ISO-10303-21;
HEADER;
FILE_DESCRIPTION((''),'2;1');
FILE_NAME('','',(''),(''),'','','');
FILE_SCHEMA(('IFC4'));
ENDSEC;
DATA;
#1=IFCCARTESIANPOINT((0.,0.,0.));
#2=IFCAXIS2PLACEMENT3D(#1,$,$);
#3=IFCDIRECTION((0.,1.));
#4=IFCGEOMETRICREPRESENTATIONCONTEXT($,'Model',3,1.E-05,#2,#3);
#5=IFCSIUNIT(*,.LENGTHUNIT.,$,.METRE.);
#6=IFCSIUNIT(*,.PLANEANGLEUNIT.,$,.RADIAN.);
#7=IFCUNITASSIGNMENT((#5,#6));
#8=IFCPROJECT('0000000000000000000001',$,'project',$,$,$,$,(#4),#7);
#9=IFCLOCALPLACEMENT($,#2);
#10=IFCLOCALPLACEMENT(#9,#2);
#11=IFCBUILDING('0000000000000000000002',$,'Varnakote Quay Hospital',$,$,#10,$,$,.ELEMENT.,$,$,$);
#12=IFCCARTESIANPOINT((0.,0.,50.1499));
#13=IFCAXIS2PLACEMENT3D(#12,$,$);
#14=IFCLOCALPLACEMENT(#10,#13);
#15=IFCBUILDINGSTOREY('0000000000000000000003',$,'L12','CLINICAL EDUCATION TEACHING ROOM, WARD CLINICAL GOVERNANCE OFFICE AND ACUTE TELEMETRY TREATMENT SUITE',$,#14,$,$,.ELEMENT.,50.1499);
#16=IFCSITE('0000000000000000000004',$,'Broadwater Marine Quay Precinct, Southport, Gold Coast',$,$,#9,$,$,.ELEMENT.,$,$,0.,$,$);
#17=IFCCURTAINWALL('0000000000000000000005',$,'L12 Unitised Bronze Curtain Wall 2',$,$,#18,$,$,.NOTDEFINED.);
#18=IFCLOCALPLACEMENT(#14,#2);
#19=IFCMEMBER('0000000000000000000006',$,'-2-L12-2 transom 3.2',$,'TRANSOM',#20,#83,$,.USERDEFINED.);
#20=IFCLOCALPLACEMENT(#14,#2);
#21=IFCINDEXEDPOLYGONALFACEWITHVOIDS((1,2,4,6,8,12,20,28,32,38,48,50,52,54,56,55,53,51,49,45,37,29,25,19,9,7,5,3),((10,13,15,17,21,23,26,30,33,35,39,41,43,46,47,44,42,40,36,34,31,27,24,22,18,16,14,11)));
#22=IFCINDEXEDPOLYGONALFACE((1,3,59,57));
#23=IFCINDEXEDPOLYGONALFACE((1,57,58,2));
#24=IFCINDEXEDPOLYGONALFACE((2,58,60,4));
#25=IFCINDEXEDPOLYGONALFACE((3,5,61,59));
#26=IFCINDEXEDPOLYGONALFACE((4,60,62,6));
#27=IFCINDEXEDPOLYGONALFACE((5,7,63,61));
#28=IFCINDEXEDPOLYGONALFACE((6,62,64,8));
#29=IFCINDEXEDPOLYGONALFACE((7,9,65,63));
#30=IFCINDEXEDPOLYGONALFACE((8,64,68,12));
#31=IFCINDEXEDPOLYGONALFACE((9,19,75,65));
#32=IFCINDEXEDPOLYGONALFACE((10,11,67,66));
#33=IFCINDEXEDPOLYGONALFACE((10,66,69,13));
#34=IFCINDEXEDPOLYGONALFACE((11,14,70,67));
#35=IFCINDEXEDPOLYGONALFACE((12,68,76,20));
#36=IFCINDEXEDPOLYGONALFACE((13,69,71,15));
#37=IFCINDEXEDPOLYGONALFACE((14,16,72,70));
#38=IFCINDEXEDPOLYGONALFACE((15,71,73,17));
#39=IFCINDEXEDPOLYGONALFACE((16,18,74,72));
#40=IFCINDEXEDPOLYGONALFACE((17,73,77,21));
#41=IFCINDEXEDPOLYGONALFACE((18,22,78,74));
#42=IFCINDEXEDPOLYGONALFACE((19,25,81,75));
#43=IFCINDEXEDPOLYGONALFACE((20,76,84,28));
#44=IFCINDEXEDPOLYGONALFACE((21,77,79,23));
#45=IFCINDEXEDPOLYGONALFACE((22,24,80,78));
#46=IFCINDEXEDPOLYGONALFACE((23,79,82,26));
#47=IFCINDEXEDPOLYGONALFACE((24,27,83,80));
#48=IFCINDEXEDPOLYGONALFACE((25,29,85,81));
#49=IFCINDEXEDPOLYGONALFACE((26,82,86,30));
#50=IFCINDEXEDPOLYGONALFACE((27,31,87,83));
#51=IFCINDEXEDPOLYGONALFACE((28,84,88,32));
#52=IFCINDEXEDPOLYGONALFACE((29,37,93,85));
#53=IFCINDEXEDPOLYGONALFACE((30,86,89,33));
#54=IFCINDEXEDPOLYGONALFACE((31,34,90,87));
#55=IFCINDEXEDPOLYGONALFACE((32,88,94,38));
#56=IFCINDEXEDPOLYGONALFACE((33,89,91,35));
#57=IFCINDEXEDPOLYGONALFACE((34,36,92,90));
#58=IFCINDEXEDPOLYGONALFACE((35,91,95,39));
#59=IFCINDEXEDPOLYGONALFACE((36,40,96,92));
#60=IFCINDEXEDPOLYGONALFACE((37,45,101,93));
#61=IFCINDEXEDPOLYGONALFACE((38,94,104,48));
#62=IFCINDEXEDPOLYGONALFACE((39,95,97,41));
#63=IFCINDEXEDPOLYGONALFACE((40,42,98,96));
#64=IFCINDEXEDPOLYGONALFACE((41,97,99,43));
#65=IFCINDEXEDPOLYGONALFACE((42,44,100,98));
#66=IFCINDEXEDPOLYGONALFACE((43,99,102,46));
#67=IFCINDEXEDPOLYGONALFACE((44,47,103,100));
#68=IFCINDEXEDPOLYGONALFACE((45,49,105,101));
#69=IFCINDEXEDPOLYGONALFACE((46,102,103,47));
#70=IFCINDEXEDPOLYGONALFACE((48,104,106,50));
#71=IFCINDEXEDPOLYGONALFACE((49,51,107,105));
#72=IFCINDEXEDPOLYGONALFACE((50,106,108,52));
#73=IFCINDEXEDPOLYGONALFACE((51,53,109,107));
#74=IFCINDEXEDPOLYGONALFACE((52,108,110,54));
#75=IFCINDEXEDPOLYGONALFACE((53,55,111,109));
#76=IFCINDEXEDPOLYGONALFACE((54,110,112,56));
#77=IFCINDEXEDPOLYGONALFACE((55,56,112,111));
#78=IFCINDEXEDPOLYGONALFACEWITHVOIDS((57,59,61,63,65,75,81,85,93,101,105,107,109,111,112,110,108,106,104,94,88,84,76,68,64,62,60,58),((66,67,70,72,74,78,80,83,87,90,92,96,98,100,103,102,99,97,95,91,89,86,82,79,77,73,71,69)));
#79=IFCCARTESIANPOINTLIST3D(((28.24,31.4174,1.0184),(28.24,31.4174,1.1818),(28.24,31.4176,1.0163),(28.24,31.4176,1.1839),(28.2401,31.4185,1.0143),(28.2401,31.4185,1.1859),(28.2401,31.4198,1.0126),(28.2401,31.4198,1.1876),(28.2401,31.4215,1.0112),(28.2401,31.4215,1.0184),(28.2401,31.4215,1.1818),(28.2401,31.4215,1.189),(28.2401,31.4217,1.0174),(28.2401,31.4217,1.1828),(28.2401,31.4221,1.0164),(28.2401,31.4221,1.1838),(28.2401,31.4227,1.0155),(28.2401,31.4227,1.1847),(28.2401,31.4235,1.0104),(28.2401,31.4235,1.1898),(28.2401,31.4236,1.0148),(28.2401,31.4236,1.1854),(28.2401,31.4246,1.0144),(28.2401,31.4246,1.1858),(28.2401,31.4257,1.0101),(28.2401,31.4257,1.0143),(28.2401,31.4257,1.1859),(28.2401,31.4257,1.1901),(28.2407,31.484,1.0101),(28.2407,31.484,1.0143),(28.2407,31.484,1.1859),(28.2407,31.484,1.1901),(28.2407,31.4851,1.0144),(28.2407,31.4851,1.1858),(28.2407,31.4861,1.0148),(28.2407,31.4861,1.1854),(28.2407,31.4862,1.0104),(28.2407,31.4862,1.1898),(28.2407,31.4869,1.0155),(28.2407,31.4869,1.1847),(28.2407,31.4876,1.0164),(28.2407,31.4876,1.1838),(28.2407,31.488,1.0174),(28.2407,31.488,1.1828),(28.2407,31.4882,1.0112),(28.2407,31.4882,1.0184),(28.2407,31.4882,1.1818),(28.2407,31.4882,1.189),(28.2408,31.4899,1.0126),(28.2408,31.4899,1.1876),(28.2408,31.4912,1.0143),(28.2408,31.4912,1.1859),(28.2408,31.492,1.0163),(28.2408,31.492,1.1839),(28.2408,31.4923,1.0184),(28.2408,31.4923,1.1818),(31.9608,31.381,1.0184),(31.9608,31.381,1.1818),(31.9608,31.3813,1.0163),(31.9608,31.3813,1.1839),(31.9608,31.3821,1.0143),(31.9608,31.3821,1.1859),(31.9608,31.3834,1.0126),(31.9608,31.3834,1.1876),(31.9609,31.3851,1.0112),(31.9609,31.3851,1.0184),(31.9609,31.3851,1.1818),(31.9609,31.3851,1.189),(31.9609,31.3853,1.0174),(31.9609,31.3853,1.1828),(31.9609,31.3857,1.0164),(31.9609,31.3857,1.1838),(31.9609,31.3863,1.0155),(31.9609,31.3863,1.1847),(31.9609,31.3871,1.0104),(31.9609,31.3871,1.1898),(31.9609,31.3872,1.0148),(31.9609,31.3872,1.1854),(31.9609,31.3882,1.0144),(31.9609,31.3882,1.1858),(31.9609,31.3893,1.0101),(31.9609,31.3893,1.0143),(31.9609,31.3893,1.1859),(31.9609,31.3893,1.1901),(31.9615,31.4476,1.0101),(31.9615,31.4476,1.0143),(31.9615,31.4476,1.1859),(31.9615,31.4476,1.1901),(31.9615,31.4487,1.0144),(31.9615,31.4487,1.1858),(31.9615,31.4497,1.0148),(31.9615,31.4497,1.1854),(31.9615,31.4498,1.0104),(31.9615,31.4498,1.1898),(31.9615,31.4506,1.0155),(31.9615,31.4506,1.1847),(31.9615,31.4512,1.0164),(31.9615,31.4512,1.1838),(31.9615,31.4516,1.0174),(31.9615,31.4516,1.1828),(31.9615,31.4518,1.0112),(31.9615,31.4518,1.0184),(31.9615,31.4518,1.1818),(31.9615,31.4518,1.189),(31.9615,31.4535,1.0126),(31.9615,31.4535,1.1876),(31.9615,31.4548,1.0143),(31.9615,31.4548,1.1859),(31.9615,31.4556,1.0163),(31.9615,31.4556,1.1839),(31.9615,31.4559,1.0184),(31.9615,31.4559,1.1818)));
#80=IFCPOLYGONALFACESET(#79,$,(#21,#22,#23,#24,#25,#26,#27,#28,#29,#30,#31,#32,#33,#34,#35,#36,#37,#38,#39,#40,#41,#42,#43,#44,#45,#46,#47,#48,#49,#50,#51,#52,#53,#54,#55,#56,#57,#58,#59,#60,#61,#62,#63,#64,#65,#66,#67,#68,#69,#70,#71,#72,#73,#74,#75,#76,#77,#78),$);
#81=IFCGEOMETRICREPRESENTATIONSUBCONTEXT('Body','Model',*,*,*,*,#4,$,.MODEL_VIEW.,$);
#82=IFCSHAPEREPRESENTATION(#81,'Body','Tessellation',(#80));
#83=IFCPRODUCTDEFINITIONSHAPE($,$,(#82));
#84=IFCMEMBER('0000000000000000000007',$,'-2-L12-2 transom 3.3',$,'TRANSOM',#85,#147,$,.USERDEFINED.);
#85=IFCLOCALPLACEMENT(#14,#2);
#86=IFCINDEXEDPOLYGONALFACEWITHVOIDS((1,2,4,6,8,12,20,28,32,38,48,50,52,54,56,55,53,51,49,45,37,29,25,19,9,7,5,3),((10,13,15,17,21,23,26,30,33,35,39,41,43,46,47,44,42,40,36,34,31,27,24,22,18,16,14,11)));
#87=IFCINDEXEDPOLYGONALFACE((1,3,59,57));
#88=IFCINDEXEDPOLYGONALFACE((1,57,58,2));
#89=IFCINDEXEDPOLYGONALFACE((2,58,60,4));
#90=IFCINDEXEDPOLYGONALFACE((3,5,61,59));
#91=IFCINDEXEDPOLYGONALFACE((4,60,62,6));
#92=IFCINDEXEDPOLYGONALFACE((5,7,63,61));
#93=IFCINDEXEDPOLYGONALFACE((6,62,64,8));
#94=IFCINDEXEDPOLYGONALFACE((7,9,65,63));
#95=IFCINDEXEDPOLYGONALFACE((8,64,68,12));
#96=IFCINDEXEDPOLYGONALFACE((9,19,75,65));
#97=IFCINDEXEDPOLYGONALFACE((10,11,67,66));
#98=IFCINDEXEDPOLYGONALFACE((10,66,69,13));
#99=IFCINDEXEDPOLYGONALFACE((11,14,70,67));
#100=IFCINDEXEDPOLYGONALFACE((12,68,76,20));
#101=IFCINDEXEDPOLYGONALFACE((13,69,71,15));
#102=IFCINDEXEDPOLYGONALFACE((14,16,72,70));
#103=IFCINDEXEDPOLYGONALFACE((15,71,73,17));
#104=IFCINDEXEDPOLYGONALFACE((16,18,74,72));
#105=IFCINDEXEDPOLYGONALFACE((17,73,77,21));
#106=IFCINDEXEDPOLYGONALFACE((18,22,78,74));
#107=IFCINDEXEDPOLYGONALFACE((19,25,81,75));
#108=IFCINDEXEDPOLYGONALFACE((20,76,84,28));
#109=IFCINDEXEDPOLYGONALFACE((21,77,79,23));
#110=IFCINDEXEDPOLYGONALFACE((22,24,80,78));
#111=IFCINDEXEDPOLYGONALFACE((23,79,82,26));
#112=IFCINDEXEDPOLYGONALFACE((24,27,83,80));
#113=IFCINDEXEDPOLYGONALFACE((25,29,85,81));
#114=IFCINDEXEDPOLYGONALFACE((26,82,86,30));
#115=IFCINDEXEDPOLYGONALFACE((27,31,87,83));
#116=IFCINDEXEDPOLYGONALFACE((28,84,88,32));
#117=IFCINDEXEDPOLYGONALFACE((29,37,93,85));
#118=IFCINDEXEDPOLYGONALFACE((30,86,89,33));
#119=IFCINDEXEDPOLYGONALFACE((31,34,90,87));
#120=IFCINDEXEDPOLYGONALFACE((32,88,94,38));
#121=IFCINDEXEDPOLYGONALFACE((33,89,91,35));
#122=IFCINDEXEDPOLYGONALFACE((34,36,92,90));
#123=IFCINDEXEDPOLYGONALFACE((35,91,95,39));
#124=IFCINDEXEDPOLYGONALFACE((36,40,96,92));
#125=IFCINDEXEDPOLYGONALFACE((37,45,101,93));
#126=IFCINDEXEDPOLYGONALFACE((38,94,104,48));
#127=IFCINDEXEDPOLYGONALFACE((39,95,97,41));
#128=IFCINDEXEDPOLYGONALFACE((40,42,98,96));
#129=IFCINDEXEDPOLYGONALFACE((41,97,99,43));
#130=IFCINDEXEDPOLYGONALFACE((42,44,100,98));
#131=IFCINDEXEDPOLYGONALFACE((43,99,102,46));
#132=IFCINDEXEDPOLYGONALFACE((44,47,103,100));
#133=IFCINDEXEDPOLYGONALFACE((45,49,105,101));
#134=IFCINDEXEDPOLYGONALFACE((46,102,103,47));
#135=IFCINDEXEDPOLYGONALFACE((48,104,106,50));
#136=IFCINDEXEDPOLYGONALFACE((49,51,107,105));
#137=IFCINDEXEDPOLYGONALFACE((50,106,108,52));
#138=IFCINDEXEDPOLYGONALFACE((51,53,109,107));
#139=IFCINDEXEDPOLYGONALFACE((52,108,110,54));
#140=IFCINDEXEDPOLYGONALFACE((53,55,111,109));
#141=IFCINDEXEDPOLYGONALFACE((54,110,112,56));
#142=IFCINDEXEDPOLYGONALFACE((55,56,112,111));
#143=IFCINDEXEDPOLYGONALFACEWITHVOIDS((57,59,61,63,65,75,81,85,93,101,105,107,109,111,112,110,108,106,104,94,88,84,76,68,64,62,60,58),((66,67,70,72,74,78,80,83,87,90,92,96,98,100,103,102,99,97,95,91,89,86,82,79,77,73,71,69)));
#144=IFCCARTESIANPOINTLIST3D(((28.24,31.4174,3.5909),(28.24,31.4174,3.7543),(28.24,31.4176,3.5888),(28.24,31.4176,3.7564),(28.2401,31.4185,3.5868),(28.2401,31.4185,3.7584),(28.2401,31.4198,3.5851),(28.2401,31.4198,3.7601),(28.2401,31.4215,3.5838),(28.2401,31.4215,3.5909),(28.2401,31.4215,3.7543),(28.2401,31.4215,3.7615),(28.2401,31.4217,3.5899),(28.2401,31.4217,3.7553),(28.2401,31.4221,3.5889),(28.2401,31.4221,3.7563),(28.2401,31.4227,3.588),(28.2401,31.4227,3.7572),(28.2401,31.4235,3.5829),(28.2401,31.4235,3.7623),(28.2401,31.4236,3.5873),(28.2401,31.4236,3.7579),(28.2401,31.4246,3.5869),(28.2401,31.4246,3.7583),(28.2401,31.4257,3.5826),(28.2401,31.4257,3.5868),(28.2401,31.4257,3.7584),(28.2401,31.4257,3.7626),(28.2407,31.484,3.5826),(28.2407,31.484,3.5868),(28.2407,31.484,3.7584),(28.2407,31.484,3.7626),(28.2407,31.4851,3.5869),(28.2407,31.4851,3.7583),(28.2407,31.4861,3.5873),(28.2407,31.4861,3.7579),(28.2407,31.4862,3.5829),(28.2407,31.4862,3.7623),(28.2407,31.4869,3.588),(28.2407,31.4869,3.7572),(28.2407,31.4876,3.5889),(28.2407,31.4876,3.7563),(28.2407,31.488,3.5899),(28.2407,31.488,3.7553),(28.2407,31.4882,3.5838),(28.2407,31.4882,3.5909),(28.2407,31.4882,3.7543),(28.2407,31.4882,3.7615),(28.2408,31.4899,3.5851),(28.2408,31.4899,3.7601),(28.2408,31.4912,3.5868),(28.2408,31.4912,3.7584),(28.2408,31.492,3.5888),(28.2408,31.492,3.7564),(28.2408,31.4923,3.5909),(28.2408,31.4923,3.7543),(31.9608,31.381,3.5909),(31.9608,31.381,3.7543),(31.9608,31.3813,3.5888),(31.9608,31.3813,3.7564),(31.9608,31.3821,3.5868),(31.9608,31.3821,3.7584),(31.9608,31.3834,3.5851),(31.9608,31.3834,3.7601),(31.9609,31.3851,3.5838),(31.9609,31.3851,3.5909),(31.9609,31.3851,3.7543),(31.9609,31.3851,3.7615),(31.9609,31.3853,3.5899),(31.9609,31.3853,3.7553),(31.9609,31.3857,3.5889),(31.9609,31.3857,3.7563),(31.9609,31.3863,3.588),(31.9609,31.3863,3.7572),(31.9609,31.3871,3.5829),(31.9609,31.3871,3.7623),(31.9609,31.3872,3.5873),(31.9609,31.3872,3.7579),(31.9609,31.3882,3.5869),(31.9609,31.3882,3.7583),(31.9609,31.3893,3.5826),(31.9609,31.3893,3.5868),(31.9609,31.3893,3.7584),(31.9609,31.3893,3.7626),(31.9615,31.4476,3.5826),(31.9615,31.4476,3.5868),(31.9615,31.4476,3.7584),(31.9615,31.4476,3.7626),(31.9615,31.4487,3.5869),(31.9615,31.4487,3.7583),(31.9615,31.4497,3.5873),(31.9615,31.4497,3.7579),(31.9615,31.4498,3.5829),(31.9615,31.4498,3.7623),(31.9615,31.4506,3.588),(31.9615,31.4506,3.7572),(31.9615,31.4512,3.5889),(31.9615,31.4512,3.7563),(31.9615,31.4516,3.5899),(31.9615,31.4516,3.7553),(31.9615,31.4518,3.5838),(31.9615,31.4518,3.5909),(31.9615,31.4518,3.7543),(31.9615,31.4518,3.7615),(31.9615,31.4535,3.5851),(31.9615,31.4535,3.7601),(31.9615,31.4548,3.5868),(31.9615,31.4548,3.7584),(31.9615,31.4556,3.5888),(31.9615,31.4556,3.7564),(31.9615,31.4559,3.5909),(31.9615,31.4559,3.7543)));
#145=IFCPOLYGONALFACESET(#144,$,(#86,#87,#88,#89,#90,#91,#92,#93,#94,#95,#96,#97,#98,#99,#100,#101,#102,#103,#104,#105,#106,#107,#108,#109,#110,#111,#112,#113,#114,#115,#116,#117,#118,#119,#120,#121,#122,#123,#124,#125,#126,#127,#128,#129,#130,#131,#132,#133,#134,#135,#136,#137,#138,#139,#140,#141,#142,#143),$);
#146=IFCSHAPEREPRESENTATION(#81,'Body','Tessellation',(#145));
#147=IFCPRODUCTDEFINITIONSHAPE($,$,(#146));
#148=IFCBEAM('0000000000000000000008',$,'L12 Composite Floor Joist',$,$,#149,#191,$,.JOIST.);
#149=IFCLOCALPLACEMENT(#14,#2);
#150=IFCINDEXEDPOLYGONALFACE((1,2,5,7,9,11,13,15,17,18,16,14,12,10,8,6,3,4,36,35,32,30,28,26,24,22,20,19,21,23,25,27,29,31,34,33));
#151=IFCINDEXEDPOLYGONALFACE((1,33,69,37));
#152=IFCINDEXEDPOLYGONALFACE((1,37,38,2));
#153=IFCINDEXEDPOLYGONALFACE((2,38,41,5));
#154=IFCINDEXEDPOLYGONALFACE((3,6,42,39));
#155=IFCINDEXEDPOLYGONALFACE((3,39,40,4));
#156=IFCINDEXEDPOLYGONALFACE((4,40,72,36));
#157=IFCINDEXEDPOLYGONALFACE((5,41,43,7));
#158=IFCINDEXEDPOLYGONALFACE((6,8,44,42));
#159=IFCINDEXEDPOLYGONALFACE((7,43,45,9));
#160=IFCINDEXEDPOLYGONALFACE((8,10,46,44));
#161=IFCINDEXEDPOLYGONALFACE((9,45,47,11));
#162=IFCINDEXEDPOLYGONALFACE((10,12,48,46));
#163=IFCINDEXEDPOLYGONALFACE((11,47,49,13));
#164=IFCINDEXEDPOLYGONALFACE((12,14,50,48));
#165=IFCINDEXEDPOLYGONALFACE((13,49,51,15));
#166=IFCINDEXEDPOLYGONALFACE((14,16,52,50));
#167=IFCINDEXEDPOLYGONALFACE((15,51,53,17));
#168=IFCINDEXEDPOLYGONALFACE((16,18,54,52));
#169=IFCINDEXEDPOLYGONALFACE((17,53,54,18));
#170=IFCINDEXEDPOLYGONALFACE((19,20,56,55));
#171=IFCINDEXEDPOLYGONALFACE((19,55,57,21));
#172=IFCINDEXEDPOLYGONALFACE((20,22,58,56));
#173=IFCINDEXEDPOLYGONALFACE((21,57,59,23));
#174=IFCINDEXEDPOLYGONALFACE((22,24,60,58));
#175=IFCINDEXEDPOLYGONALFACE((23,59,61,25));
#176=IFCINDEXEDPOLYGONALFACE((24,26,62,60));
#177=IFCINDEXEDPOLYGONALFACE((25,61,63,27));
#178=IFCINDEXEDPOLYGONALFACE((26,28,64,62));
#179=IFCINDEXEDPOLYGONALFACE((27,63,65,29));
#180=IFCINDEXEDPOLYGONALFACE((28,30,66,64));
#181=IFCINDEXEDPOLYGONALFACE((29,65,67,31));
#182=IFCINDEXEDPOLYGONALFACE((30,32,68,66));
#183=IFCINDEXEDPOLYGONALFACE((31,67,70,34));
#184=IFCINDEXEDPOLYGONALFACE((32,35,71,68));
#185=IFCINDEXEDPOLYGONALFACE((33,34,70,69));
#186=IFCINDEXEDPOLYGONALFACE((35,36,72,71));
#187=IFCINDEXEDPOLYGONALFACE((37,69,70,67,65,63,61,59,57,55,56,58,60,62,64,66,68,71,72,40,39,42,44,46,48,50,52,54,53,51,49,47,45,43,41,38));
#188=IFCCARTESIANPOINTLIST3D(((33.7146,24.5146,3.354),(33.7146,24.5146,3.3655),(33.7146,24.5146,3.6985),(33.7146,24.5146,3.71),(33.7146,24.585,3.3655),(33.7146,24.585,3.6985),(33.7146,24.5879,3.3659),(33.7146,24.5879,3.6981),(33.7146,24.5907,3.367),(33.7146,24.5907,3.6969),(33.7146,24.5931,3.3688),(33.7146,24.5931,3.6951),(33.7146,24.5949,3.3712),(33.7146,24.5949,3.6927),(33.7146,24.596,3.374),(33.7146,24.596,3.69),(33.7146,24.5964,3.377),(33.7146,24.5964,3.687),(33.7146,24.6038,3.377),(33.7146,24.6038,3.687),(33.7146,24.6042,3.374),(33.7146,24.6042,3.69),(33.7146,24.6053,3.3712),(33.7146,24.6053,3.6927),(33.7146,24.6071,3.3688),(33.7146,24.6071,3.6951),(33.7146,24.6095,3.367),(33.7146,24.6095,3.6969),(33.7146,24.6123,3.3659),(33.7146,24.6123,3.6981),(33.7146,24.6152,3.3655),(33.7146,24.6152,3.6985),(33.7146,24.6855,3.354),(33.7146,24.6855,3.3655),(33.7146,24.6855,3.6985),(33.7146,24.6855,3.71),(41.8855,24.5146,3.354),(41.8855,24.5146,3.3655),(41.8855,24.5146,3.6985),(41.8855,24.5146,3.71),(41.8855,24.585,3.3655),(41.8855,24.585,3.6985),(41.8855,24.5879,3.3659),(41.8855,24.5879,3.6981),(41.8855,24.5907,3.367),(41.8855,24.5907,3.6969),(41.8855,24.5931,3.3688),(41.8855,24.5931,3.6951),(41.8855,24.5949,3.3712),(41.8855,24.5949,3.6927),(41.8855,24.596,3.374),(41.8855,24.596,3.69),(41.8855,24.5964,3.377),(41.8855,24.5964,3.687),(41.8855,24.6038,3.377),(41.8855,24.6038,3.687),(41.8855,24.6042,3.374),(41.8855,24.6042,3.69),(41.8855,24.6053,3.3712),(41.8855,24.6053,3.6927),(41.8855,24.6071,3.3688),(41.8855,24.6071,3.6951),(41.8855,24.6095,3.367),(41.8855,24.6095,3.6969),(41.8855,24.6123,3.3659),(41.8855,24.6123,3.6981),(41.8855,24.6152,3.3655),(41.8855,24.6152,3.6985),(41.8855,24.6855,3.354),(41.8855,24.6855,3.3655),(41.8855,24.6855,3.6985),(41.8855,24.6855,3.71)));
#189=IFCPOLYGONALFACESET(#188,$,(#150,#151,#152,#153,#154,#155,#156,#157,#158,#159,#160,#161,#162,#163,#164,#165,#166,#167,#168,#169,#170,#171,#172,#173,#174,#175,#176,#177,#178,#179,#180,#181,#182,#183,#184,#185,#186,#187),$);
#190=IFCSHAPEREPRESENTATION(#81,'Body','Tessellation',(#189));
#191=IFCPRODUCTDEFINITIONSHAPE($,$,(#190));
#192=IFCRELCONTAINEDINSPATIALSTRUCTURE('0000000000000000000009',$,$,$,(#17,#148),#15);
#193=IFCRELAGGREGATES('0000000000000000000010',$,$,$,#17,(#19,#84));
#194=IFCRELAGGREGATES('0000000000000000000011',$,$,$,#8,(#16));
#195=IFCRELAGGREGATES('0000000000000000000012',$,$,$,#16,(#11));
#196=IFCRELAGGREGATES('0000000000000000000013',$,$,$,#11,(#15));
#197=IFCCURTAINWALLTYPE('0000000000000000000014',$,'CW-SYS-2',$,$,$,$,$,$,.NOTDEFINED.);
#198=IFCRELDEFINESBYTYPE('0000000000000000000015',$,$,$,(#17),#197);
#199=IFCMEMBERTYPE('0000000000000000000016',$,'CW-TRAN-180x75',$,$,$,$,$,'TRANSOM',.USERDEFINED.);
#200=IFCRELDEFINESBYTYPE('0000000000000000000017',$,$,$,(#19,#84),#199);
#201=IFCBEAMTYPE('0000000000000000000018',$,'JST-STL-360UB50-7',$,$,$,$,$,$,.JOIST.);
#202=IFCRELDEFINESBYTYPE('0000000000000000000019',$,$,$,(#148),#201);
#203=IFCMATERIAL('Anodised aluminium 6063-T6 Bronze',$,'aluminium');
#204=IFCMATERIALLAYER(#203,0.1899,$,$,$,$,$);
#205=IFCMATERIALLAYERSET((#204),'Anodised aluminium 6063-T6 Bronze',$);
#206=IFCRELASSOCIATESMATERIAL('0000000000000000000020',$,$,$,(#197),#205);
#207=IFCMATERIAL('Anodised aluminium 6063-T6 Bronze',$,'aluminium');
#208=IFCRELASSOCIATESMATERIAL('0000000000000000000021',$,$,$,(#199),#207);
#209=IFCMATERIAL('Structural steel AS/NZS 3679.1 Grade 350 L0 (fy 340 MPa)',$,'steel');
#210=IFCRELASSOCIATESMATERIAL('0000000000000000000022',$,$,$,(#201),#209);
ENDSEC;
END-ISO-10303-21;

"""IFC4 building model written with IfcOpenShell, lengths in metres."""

from ifc_helpers import new_model, si_unit, direction, frame, origin, origin_2d, place, context, subcontext, project, spatial, hollow_rectangle, i_section, extrude, material, layer, layer_set, material_profile, profile_set, type_object, element, aggregate, save


model = new_model("IFC4")

# Units and contexts
model_context = context("Model", 3, precision=1e-05, world=origin(), true_north=direction((0.0, 1.0)))
body_context = subcontext(model_context, "Body", "Model", "MODEL_VIEW")
ifc_project = project(units=[si_unit("LENGTHUNIT", "METRE"), si_unit("PLANEANGLEUNIT", "RADIAN")], contexts=[model_context])

# Site, building, storey
site_placement = place(None, origin())
site = spatial("IfcSite", under=ifc_project, at=site_placement, Name="Broadwater Marine Quay Precinct, Southport, Gold Coast", CompositionType="ELEMENT", RefElevation=0.0)
building_placement = place(site_placement, origin())
building = spatial("IfcBuilding", under=site, at=building_placement, Name="Varnakote Quay Hospital", CompositionType="ELEMENT")
storey_placement = place(building_placement, frame((0.0, 0.0, 50.1499)))
storey = spatial("IfcBuildingStorey", under=building, at=storey_placement, Name="L12", Description="CLINICAL EDUCATION TEACHING ROOM, WARD CLINICAL GOVERNANCE OFFICE AND ACUTE TELEMETRY TREATMENT SUITE", CompositionType="ELEMENT", Elevation=50.1499)

# Curtain wall, members
ifc_material_1 = material(Name="Anodised aluminium 6063-T6 Bronze", Category="aluminium")
ifc_layer_1 = layer(ifc_material_1, 0.1899)
ifc_layer_set_1 = layer_set([ifc_layer_1], Name="Anodised aluminium 6063-T6 Bronze")
curtain_wall_type = type_object("IfcCurtainWallType", Name="CW-SYS-2", PredefinedType="NOTDEFINED", material=ifc_layer_set_1)
curtain_wall_placement = place(storey_placement, origin())
curtain_wall = element("IfcCurtainWall", 1, at=curtain_wall_placement, inside=storey, type_object=curtain_wall_type, Name="L12 Unitised Bronze Curtain Wall 2", PredefinedType="NOTDEFINED")
ifc_material_2 = material(Name="Anodised aluminium 6063-T6 Bronze", Category="aluminium")
ifc_material_profile_1 = material_profile(ifc_material_2, hollow_rectangle(XDim=0.075, YDim=0.1799, WallThickness=0.0042, InnerFilletRadius=0.0042, OuterFilletRadius=0.0083, at=origin_2d()), Name="CW-TRAN-180x75")
ifc_profile_set_1 = profile_set([ifc_material_profile_1], Name="Anodised aluminium 6063-T6 Bronze")
member_type_1 = type_object("IfcMemberType", Name="CW-TRAN-180x75", ElementType="TRANSOM", PredefinedType="USERDEFINED", material=ifc_profile_set_1)
member_1_placement = place(storey_placement, frame((31.9612, 31.4185, 1.1001), z_axis=(-0.999952, 0.009776, 0.0), x_axis=(-0.009776, -0.999952, 0.0)))
member_1 = element("IfcMember", 2, at=member_1_placement, type_object=member_type_1, Name="-2-L12-2 transom 3.2", ObjectType="TRANSOM", PredefinedType="USERDEFINED", context=body_context, shape_type="SweptSolid", body=[
    extrude(hollow_rectangle(XDim=0.075, YDim=0.1799, WallThickness=0.0042, InnerFilletRadius=0.0042, OuterFilletRadius=0.0083, at=origin_2d()), origin(), (0.0, 0.0, 1.0), 3.7209),
])
member_2_placement = place(storey_placement, frame((31.9612, 31.4185, 3.6726), z_axis=(-0.999952, 0.009776, 0.0), x_axis=(-0.009776, -0.999952, 0.0)))
member_2 = element("IfcMember", 3, at=member_2_placement, type_object=member_type_1, Name="-2-L12-2 transom 3.3", ObjectType="TRANSOM", PredefinedType="USERDEFINED", context=body_context, shape_type="SweptSolid", body=[
    extrude(hollow_rectangle(XDim=0.075, YDim=0.1799, WallThickness=0.0042, InnerFilletRadius=0.0042, OuterFilletRadius=0.0083, at=origin_2d()), origin(), (0.0, 0.0, 1.0), 3.7209),
])

# Beam
ifc_material_3 = material(Name="Structural steel AS/NZS 3679.1 Grade 350 L0 (fy 340 MPa)", Category="steel")
ifc_material_profile_2 = material_profile(ifc_material_3, i_section(OverallWidth=0.1709, OverallDepth=0.356, WebThickness=0.0073, FlangeThickness=0.0115, FilletRadius=0.0115, at=origin_2d()), Name="360UB50.7")
ifc_profile_set_2 = profile_set([ifc_material_profile_2], Name="Structural steel AS/NZS 3679.1 Grade 350 L0 (fy 340 MPa)")
beam_type_1 = type_object("IfcBeamType", Name="JST-STL-360UB50-7", PredefinedType="JOIST", material=ifc_profile_set_2)
beam_1_placement = place(storey_placement, frame((33.7146, 24.6001, 3.532), z_axis=(1.0, 0.0, 0.0), x_axis=(0.0, 1.0, 0.0)))
element("IfcBeam", 4, at=beam_1_placement, inside=storey, type_object=beam_type_1, Name="L12 Composite Floor Joist", PredefinedType="JOIST", context=body_context, shape_type="SweptSolid", body=[
    extrude(i_section(OverallWidth=0.1709, OverallDepth=0.356, WebThickness=0.0073, FlangeThickness=0.0115, FilletRadius=0.0115, at=origin_2d()), origin(), (0.0, 0.0, 1.0), 8.1709),
])

aggregate(curtain_wall, [member_1, member_2])

save(model, "model.ifc")
